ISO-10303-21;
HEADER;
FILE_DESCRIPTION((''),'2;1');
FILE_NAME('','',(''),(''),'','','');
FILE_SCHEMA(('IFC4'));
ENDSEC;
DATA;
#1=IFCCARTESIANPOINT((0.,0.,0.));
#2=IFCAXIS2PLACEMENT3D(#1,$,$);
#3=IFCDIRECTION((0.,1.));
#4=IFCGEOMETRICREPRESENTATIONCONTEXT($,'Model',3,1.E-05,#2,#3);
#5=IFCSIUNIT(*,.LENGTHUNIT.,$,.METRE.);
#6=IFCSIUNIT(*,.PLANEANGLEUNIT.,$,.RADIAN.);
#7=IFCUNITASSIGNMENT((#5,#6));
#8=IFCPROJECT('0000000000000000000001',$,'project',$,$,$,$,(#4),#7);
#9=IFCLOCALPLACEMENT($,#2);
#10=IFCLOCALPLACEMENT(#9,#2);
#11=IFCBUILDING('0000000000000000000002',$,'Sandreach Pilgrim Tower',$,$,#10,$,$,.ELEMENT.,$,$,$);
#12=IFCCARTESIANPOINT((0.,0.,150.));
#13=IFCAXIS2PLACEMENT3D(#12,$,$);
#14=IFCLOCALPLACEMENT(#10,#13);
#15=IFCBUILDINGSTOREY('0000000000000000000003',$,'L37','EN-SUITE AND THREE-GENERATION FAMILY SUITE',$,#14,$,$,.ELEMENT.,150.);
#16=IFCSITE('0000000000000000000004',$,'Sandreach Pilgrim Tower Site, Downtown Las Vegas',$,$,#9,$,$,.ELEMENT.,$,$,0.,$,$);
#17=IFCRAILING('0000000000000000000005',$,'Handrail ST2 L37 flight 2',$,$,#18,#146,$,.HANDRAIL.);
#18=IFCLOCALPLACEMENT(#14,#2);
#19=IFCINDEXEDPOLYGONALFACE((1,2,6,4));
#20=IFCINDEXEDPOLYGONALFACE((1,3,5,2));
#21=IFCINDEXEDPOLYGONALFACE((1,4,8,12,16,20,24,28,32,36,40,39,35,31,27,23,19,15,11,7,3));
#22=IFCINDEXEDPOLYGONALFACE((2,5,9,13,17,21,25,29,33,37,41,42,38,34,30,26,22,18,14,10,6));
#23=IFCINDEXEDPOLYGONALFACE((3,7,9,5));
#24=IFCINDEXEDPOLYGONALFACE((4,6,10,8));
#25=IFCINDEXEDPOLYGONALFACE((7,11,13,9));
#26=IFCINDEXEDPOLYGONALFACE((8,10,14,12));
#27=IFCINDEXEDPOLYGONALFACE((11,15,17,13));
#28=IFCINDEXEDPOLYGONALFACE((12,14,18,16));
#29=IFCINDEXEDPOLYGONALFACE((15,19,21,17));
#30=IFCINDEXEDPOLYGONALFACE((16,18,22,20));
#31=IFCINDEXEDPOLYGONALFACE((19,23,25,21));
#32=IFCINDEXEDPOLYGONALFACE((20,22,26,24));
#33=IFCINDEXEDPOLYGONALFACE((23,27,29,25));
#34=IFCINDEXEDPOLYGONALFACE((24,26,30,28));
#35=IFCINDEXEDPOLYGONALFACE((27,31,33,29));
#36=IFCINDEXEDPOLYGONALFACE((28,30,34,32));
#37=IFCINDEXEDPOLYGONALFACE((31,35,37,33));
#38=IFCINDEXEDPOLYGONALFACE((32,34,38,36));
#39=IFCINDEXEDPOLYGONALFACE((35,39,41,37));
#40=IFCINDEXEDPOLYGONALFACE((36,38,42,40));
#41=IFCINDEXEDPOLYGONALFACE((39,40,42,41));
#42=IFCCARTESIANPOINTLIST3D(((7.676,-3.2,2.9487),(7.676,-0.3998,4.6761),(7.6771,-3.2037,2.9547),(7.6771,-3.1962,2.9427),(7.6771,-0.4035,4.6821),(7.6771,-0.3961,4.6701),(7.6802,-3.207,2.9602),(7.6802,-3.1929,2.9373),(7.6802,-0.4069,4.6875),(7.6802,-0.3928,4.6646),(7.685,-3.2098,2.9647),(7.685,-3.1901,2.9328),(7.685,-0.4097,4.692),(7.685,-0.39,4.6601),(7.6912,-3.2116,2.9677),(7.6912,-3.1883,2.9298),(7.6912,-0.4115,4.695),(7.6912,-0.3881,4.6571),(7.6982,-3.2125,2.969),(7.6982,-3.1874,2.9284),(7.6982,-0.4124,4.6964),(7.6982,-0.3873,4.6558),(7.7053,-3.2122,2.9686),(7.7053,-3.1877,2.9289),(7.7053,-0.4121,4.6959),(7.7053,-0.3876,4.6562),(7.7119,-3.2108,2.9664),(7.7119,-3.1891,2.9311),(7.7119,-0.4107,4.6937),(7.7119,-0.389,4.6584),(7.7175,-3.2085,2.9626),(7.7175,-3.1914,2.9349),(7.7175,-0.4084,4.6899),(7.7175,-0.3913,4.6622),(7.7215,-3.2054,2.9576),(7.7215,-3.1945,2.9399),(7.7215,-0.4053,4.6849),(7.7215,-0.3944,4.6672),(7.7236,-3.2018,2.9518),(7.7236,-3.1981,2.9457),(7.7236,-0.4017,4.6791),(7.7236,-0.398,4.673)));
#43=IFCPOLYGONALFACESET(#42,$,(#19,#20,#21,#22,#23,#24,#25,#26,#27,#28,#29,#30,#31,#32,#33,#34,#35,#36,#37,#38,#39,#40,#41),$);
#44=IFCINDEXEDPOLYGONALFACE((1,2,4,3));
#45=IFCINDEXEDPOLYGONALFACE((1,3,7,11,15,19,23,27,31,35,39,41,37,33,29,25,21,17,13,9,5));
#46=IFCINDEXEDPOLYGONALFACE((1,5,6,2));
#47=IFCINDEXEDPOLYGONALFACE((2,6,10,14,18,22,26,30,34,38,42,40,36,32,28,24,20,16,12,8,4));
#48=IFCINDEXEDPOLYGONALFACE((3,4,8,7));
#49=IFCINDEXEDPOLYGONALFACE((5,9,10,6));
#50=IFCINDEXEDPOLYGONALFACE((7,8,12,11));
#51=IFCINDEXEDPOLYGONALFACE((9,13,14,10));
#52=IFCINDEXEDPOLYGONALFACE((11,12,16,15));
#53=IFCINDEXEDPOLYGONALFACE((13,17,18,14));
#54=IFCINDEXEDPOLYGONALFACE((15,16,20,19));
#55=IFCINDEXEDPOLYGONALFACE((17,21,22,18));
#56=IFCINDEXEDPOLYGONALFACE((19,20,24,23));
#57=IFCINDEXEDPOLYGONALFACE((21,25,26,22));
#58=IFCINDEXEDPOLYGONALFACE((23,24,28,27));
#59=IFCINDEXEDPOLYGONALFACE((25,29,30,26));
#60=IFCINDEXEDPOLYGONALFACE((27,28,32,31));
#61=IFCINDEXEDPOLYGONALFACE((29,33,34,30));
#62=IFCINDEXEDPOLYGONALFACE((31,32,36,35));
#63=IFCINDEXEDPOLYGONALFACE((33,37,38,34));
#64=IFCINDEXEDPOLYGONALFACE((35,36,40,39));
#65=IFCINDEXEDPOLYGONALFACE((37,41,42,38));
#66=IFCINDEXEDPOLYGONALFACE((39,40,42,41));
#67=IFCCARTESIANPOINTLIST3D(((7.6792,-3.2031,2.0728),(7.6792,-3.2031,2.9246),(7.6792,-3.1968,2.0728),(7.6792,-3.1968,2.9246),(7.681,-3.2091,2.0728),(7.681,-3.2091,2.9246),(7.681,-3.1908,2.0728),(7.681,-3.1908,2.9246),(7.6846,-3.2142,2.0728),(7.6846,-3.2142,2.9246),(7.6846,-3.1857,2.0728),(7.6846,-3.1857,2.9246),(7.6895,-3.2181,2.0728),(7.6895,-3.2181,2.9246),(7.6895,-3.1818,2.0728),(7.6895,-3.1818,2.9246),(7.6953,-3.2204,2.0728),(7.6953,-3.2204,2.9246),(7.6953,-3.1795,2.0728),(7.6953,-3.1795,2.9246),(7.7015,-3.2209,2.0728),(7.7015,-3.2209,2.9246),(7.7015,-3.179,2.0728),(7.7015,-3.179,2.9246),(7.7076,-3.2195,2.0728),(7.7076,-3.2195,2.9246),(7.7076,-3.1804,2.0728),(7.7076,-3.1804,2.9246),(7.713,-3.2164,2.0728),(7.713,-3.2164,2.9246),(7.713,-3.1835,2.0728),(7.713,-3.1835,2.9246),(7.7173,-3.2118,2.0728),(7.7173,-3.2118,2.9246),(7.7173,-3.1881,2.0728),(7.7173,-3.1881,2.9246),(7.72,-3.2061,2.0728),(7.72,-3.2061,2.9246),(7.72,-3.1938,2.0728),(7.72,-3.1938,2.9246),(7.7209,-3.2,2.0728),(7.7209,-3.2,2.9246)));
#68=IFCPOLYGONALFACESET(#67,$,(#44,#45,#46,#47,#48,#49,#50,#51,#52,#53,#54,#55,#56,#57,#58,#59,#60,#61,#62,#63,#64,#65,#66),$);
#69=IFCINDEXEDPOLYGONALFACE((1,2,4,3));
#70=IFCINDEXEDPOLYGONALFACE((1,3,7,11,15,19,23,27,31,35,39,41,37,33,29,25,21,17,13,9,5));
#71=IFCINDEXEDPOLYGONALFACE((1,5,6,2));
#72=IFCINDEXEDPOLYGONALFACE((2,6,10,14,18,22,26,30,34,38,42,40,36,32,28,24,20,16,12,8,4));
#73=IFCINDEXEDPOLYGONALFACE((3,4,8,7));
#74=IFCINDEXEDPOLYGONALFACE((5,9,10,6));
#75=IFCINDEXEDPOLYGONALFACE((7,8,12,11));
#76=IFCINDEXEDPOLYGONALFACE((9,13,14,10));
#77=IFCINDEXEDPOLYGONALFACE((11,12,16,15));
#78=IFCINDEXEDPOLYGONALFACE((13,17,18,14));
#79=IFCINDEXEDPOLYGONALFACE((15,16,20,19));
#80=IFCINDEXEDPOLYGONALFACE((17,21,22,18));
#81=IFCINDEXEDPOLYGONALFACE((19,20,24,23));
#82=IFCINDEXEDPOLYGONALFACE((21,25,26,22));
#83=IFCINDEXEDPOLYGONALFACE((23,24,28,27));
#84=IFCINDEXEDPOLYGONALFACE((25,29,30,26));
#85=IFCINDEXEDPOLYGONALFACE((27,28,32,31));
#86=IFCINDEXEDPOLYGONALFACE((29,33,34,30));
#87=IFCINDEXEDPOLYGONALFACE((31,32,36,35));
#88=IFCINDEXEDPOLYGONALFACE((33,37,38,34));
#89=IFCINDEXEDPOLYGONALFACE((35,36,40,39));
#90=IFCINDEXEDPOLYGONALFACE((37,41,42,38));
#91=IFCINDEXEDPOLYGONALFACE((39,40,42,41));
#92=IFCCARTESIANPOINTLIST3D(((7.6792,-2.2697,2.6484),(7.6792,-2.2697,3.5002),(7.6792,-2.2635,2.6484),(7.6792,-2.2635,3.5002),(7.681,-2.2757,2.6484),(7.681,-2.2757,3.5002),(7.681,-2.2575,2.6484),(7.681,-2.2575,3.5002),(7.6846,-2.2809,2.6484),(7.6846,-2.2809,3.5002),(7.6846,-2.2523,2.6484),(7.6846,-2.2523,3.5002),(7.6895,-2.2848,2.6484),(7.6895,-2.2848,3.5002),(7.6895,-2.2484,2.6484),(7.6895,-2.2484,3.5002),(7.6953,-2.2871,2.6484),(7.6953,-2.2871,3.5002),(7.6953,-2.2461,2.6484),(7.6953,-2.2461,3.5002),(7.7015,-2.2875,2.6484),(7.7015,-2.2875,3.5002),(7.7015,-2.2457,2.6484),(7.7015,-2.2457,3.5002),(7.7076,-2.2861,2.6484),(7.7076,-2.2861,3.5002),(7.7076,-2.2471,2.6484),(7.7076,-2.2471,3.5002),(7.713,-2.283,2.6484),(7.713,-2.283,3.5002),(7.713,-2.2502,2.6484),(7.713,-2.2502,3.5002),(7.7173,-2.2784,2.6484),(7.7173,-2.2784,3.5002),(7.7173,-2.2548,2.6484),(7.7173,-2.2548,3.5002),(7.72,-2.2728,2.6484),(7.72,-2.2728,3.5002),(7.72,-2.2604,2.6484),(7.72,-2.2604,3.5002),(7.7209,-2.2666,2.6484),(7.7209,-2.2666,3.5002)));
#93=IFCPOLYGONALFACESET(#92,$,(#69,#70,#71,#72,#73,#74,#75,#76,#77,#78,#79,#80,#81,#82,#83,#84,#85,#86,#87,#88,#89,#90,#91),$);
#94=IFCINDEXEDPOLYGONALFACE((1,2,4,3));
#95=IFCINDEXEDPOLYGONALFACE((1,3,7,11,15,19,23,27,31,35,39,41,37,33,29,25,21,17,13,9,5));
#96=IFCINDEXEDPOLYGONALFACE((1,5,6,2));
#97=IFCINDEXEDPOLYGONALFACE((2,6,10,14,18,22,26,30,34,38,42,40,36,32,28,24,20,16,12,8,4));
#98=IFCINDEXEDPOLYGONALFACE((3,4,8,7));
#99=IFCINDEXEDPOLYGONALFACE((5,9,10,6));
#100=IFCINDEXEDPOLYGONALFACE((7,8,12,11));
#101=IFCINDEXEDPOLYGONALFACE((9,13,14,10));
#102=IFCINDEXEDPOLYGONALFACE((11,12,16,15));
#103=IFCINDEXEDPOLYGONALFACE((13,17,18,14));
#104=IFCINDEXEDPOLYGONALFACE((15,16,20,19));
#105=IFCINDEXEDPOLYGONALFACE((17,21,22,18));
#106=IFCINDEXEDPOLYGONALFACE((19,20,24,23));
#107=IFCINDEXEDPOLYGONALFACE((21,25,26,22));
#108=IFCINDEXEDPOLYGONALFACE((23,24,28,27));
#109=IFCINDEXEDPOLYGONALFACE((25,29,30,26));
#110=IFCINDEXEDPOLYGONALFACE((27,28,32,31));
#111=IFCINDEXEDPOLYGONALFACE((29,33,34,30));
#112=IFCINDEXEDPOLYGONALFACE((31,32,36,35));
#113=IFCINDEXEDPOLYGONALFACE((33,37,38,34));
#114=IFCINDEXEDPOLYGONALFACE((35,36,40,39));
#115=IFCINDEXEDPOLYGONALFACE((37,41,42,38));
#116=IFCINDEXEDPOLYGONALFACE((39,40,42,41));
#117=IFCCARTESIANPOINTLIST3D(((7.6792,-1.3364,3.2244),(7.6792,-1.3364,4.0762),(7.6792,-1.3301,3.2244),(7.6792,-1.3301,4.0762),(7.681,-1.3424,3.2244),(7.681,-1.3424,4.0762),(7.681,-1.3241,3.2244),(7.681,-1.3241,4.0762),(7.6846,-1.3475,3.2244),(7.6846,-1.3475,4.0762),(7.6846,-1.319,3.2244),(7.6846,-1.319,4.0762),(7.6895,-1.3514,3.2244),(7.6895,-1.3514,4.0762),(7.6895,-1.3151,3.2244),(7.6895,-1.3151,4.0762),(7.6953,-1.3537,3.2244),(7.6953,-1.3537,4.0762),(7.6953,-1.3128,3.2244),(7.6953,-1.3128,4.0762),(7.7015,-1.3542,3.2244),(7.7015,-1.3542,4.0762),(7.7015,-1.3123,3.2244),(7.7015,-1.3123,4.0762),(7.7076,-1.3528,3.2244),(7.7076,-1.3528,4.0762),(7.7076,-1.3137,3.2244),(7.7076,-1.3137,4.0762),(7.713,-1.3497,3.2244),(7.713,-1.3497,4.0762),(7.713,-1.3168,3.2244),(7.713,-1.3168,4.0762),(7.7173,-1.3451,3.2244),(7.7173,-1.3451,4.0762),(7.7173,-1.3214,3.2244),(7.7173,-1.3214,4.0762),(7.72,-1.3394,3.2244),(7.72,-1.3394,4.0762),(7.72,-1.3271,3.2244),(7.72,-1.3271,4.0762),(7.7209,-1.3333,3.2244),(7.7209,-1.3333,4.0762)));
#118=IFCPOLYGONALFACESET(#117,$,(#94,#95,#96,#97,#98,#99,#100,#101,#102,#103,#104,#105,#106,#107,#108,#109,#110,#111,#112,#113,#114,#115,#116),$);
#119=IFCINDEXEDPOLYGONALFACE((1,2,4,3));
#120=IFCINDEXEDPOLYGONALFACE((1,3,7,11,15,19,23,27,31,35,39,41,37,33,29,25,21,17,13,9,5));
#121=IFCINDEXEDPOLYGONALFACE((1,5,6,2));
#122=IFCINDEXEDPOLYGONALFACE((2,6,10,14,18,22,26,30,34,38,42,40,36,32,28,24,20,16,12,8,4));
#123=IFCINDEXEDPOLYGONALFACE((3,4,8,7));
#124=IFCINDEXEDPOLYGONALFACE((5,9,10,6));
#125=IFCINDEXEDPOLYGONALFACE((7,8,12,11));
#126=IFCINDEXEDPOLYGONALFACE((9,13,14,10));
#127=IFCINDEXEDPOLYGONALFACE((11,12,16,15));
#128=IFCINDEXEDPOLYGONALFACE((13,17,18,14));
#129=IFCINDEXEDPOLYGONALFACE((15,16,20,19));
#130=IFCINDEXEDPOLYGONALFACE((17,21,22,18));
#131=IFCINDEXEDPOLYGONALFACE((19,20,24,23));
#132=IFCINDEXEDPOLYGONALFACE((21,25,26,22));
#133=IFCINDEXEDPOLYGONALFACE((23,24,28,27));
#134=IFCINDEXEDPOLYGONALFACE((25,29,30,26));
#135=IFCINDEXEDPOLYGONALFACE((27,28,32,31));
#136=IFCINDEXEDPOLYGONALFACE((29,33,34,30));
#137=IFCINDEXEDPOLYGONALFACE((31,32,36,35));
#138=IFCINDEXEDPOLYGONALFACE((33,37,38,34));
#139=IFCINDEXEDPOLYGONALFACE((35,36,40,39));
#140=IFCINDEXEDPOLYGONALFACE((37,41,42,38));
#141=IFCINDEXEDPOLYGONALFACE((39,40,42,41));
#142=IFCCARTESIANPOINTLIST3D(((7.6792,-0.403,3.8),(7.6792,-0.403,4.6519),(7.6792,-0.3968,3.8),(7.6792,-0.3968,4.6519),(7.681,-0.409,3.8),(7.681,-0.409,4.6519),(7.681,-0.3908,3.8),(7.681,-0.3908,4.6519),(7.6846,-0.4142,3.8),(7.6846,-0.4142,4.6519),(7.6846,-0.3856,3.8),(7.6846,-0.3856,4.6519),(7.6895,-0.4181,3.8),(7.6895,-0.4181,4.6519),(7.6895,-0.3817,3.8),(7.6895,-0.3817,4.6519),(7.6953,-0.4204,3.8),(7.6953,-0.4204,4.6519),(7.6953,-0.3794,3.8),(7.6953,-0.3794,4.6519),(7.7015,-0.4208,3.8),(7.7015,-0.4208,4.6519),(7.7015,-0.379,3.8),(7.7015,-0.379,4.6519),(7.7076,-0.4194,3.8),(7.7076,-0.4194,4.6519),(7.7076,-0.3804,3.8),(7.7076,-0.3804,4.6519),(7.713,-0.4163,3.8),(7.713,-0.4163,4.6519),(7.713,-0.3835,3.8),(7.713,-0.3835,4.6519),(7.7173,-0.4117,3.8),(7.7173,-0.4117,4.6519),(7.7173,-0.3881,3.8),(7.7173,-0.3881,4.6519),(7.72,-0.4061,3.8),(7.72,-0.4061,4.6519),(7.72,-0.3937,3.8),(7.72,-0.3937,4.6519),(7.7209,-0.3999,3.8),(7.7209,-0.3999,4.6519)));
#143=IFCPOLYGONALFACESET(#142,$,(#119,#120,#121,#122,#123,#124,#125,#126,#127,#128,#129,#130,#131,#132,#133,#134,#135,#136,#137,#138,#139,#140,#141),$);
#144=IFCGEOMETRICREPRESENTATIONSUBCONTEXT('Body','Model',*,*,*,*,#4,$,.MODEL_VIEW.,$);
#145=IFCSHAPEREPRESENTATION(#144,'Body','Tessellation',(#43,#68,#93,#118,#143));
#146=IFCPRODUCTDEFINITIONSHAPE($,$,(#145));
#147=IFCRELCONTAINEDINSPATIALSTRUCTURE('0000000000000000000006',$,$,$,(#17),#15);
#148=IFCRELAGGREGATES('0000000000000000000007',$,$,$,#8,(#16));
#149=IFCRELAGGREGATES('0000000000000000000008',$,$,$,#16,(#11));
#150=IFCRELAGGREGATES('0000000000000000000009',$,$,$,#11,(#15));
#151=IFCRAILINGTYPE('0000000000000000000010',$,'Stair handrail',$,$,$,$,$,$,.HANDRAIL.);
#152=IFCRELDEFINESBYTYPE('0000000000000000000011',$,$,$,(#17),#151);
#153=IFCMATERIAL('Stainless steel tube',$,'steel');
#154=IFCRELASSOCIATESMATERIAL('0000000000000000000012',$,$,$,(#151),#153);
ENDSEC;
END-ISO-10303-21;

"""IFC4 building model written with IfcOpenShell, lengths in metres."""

from ifc_helpers import new_model, si_unit, direction, frame, origin, origin_2d, place, context, subcontext, project, spatial, circle, extrude, material, type_object, element, save


model = new_model("IFC4")

# Units and contexts
model_context = context("Model", 3, precision=1e-05, world=origin(), true_north=direction((0.0, 1.0)))
body_context = subcontext(model_context, "Body", "Model", "MODEL_VIEW")
ifc_project = project(units=[si_unit("LENGTHUNIT", "METRE"), si_unit("PLANEANGLEUNIT", "RADIAN")], contexts=[model_context])

# Site, building, storey
site_placement = place(None, origin())
site = spatial("IfcSite", under=ifc_project, at=site_placement, Name="Sandreach Pilgrim Tower Site, Downtown Las Vegas", CompositionType="ELEMENT", RefElevation=0.0)
building_placement = place(site_placement, origin())
building = spatial("IfcBuilding", under=site, at=building_placement, Name="Sandreach Pilgrim Tower", CompositionType="ELEMENT")
storey_placement = place(building_placement, frame((0.0, 0.0, 150.0)))
storey = spatial("IfcBuildingStorey", under=building, at=storey_placement, Name="L37", Description="EN-SUITE AND THREE-GENERATION FAMILY SUITE", CompositionType="ELEMENT", Elevation=150.0)

# Railing
ifc_material_1 = material(Name="Stainless steel tube", Category="steel")
railing_type = type_object("IfcRailingType", Name="Stair handrail", PredefinedType="HANDRAIL", material=ifc_material_1)
for number, where, name in (
    (1, (7.7, -3.2, 2.0728), "Handrail ST2 L37 flight 2"),
):
    element("IfcRailing", number, at=place(storey_placement, frame(where)), inside=storey, type_object=railing_type, Name=name, PredefinedType="HANDRAIL", context=body_context, shape_type="SweptSolid", body=[
        extrude(circle(Radius=0.0239, at=origin_2d()), frame((0.0, 0.0, 0.876), z_axis=(0.0, 0.85109, 0.52502), x_axis=(-1.0, 0.0, 0.0)), (0.0, 0.0, 1.0), 3.29),
        extrude(circle(Radius=0.021, at=origin_2d()), origin(), (0.0, 0.0, 1.0), 0.8518),
        extrude(circle(Radius=0.021, at=origin_2d()), frame((0.0, 0.9333, 0.5757)), (0.0, 0.0, 1.0), 0.8518),
        extrude(circle(Radius=0.021, at=origin_2d()), frame((0.0, 1.8667, 1.1516)), (0.0, 0.0, 1.0), 0.8518),
        extrude(circle(Radius=0.021, at=origin_2d()), frame((0.0, 2.8, 1.7273)), (0.0, 0.0, 1.0), 0.8518),
    ])

save(model, "model.ifc")
